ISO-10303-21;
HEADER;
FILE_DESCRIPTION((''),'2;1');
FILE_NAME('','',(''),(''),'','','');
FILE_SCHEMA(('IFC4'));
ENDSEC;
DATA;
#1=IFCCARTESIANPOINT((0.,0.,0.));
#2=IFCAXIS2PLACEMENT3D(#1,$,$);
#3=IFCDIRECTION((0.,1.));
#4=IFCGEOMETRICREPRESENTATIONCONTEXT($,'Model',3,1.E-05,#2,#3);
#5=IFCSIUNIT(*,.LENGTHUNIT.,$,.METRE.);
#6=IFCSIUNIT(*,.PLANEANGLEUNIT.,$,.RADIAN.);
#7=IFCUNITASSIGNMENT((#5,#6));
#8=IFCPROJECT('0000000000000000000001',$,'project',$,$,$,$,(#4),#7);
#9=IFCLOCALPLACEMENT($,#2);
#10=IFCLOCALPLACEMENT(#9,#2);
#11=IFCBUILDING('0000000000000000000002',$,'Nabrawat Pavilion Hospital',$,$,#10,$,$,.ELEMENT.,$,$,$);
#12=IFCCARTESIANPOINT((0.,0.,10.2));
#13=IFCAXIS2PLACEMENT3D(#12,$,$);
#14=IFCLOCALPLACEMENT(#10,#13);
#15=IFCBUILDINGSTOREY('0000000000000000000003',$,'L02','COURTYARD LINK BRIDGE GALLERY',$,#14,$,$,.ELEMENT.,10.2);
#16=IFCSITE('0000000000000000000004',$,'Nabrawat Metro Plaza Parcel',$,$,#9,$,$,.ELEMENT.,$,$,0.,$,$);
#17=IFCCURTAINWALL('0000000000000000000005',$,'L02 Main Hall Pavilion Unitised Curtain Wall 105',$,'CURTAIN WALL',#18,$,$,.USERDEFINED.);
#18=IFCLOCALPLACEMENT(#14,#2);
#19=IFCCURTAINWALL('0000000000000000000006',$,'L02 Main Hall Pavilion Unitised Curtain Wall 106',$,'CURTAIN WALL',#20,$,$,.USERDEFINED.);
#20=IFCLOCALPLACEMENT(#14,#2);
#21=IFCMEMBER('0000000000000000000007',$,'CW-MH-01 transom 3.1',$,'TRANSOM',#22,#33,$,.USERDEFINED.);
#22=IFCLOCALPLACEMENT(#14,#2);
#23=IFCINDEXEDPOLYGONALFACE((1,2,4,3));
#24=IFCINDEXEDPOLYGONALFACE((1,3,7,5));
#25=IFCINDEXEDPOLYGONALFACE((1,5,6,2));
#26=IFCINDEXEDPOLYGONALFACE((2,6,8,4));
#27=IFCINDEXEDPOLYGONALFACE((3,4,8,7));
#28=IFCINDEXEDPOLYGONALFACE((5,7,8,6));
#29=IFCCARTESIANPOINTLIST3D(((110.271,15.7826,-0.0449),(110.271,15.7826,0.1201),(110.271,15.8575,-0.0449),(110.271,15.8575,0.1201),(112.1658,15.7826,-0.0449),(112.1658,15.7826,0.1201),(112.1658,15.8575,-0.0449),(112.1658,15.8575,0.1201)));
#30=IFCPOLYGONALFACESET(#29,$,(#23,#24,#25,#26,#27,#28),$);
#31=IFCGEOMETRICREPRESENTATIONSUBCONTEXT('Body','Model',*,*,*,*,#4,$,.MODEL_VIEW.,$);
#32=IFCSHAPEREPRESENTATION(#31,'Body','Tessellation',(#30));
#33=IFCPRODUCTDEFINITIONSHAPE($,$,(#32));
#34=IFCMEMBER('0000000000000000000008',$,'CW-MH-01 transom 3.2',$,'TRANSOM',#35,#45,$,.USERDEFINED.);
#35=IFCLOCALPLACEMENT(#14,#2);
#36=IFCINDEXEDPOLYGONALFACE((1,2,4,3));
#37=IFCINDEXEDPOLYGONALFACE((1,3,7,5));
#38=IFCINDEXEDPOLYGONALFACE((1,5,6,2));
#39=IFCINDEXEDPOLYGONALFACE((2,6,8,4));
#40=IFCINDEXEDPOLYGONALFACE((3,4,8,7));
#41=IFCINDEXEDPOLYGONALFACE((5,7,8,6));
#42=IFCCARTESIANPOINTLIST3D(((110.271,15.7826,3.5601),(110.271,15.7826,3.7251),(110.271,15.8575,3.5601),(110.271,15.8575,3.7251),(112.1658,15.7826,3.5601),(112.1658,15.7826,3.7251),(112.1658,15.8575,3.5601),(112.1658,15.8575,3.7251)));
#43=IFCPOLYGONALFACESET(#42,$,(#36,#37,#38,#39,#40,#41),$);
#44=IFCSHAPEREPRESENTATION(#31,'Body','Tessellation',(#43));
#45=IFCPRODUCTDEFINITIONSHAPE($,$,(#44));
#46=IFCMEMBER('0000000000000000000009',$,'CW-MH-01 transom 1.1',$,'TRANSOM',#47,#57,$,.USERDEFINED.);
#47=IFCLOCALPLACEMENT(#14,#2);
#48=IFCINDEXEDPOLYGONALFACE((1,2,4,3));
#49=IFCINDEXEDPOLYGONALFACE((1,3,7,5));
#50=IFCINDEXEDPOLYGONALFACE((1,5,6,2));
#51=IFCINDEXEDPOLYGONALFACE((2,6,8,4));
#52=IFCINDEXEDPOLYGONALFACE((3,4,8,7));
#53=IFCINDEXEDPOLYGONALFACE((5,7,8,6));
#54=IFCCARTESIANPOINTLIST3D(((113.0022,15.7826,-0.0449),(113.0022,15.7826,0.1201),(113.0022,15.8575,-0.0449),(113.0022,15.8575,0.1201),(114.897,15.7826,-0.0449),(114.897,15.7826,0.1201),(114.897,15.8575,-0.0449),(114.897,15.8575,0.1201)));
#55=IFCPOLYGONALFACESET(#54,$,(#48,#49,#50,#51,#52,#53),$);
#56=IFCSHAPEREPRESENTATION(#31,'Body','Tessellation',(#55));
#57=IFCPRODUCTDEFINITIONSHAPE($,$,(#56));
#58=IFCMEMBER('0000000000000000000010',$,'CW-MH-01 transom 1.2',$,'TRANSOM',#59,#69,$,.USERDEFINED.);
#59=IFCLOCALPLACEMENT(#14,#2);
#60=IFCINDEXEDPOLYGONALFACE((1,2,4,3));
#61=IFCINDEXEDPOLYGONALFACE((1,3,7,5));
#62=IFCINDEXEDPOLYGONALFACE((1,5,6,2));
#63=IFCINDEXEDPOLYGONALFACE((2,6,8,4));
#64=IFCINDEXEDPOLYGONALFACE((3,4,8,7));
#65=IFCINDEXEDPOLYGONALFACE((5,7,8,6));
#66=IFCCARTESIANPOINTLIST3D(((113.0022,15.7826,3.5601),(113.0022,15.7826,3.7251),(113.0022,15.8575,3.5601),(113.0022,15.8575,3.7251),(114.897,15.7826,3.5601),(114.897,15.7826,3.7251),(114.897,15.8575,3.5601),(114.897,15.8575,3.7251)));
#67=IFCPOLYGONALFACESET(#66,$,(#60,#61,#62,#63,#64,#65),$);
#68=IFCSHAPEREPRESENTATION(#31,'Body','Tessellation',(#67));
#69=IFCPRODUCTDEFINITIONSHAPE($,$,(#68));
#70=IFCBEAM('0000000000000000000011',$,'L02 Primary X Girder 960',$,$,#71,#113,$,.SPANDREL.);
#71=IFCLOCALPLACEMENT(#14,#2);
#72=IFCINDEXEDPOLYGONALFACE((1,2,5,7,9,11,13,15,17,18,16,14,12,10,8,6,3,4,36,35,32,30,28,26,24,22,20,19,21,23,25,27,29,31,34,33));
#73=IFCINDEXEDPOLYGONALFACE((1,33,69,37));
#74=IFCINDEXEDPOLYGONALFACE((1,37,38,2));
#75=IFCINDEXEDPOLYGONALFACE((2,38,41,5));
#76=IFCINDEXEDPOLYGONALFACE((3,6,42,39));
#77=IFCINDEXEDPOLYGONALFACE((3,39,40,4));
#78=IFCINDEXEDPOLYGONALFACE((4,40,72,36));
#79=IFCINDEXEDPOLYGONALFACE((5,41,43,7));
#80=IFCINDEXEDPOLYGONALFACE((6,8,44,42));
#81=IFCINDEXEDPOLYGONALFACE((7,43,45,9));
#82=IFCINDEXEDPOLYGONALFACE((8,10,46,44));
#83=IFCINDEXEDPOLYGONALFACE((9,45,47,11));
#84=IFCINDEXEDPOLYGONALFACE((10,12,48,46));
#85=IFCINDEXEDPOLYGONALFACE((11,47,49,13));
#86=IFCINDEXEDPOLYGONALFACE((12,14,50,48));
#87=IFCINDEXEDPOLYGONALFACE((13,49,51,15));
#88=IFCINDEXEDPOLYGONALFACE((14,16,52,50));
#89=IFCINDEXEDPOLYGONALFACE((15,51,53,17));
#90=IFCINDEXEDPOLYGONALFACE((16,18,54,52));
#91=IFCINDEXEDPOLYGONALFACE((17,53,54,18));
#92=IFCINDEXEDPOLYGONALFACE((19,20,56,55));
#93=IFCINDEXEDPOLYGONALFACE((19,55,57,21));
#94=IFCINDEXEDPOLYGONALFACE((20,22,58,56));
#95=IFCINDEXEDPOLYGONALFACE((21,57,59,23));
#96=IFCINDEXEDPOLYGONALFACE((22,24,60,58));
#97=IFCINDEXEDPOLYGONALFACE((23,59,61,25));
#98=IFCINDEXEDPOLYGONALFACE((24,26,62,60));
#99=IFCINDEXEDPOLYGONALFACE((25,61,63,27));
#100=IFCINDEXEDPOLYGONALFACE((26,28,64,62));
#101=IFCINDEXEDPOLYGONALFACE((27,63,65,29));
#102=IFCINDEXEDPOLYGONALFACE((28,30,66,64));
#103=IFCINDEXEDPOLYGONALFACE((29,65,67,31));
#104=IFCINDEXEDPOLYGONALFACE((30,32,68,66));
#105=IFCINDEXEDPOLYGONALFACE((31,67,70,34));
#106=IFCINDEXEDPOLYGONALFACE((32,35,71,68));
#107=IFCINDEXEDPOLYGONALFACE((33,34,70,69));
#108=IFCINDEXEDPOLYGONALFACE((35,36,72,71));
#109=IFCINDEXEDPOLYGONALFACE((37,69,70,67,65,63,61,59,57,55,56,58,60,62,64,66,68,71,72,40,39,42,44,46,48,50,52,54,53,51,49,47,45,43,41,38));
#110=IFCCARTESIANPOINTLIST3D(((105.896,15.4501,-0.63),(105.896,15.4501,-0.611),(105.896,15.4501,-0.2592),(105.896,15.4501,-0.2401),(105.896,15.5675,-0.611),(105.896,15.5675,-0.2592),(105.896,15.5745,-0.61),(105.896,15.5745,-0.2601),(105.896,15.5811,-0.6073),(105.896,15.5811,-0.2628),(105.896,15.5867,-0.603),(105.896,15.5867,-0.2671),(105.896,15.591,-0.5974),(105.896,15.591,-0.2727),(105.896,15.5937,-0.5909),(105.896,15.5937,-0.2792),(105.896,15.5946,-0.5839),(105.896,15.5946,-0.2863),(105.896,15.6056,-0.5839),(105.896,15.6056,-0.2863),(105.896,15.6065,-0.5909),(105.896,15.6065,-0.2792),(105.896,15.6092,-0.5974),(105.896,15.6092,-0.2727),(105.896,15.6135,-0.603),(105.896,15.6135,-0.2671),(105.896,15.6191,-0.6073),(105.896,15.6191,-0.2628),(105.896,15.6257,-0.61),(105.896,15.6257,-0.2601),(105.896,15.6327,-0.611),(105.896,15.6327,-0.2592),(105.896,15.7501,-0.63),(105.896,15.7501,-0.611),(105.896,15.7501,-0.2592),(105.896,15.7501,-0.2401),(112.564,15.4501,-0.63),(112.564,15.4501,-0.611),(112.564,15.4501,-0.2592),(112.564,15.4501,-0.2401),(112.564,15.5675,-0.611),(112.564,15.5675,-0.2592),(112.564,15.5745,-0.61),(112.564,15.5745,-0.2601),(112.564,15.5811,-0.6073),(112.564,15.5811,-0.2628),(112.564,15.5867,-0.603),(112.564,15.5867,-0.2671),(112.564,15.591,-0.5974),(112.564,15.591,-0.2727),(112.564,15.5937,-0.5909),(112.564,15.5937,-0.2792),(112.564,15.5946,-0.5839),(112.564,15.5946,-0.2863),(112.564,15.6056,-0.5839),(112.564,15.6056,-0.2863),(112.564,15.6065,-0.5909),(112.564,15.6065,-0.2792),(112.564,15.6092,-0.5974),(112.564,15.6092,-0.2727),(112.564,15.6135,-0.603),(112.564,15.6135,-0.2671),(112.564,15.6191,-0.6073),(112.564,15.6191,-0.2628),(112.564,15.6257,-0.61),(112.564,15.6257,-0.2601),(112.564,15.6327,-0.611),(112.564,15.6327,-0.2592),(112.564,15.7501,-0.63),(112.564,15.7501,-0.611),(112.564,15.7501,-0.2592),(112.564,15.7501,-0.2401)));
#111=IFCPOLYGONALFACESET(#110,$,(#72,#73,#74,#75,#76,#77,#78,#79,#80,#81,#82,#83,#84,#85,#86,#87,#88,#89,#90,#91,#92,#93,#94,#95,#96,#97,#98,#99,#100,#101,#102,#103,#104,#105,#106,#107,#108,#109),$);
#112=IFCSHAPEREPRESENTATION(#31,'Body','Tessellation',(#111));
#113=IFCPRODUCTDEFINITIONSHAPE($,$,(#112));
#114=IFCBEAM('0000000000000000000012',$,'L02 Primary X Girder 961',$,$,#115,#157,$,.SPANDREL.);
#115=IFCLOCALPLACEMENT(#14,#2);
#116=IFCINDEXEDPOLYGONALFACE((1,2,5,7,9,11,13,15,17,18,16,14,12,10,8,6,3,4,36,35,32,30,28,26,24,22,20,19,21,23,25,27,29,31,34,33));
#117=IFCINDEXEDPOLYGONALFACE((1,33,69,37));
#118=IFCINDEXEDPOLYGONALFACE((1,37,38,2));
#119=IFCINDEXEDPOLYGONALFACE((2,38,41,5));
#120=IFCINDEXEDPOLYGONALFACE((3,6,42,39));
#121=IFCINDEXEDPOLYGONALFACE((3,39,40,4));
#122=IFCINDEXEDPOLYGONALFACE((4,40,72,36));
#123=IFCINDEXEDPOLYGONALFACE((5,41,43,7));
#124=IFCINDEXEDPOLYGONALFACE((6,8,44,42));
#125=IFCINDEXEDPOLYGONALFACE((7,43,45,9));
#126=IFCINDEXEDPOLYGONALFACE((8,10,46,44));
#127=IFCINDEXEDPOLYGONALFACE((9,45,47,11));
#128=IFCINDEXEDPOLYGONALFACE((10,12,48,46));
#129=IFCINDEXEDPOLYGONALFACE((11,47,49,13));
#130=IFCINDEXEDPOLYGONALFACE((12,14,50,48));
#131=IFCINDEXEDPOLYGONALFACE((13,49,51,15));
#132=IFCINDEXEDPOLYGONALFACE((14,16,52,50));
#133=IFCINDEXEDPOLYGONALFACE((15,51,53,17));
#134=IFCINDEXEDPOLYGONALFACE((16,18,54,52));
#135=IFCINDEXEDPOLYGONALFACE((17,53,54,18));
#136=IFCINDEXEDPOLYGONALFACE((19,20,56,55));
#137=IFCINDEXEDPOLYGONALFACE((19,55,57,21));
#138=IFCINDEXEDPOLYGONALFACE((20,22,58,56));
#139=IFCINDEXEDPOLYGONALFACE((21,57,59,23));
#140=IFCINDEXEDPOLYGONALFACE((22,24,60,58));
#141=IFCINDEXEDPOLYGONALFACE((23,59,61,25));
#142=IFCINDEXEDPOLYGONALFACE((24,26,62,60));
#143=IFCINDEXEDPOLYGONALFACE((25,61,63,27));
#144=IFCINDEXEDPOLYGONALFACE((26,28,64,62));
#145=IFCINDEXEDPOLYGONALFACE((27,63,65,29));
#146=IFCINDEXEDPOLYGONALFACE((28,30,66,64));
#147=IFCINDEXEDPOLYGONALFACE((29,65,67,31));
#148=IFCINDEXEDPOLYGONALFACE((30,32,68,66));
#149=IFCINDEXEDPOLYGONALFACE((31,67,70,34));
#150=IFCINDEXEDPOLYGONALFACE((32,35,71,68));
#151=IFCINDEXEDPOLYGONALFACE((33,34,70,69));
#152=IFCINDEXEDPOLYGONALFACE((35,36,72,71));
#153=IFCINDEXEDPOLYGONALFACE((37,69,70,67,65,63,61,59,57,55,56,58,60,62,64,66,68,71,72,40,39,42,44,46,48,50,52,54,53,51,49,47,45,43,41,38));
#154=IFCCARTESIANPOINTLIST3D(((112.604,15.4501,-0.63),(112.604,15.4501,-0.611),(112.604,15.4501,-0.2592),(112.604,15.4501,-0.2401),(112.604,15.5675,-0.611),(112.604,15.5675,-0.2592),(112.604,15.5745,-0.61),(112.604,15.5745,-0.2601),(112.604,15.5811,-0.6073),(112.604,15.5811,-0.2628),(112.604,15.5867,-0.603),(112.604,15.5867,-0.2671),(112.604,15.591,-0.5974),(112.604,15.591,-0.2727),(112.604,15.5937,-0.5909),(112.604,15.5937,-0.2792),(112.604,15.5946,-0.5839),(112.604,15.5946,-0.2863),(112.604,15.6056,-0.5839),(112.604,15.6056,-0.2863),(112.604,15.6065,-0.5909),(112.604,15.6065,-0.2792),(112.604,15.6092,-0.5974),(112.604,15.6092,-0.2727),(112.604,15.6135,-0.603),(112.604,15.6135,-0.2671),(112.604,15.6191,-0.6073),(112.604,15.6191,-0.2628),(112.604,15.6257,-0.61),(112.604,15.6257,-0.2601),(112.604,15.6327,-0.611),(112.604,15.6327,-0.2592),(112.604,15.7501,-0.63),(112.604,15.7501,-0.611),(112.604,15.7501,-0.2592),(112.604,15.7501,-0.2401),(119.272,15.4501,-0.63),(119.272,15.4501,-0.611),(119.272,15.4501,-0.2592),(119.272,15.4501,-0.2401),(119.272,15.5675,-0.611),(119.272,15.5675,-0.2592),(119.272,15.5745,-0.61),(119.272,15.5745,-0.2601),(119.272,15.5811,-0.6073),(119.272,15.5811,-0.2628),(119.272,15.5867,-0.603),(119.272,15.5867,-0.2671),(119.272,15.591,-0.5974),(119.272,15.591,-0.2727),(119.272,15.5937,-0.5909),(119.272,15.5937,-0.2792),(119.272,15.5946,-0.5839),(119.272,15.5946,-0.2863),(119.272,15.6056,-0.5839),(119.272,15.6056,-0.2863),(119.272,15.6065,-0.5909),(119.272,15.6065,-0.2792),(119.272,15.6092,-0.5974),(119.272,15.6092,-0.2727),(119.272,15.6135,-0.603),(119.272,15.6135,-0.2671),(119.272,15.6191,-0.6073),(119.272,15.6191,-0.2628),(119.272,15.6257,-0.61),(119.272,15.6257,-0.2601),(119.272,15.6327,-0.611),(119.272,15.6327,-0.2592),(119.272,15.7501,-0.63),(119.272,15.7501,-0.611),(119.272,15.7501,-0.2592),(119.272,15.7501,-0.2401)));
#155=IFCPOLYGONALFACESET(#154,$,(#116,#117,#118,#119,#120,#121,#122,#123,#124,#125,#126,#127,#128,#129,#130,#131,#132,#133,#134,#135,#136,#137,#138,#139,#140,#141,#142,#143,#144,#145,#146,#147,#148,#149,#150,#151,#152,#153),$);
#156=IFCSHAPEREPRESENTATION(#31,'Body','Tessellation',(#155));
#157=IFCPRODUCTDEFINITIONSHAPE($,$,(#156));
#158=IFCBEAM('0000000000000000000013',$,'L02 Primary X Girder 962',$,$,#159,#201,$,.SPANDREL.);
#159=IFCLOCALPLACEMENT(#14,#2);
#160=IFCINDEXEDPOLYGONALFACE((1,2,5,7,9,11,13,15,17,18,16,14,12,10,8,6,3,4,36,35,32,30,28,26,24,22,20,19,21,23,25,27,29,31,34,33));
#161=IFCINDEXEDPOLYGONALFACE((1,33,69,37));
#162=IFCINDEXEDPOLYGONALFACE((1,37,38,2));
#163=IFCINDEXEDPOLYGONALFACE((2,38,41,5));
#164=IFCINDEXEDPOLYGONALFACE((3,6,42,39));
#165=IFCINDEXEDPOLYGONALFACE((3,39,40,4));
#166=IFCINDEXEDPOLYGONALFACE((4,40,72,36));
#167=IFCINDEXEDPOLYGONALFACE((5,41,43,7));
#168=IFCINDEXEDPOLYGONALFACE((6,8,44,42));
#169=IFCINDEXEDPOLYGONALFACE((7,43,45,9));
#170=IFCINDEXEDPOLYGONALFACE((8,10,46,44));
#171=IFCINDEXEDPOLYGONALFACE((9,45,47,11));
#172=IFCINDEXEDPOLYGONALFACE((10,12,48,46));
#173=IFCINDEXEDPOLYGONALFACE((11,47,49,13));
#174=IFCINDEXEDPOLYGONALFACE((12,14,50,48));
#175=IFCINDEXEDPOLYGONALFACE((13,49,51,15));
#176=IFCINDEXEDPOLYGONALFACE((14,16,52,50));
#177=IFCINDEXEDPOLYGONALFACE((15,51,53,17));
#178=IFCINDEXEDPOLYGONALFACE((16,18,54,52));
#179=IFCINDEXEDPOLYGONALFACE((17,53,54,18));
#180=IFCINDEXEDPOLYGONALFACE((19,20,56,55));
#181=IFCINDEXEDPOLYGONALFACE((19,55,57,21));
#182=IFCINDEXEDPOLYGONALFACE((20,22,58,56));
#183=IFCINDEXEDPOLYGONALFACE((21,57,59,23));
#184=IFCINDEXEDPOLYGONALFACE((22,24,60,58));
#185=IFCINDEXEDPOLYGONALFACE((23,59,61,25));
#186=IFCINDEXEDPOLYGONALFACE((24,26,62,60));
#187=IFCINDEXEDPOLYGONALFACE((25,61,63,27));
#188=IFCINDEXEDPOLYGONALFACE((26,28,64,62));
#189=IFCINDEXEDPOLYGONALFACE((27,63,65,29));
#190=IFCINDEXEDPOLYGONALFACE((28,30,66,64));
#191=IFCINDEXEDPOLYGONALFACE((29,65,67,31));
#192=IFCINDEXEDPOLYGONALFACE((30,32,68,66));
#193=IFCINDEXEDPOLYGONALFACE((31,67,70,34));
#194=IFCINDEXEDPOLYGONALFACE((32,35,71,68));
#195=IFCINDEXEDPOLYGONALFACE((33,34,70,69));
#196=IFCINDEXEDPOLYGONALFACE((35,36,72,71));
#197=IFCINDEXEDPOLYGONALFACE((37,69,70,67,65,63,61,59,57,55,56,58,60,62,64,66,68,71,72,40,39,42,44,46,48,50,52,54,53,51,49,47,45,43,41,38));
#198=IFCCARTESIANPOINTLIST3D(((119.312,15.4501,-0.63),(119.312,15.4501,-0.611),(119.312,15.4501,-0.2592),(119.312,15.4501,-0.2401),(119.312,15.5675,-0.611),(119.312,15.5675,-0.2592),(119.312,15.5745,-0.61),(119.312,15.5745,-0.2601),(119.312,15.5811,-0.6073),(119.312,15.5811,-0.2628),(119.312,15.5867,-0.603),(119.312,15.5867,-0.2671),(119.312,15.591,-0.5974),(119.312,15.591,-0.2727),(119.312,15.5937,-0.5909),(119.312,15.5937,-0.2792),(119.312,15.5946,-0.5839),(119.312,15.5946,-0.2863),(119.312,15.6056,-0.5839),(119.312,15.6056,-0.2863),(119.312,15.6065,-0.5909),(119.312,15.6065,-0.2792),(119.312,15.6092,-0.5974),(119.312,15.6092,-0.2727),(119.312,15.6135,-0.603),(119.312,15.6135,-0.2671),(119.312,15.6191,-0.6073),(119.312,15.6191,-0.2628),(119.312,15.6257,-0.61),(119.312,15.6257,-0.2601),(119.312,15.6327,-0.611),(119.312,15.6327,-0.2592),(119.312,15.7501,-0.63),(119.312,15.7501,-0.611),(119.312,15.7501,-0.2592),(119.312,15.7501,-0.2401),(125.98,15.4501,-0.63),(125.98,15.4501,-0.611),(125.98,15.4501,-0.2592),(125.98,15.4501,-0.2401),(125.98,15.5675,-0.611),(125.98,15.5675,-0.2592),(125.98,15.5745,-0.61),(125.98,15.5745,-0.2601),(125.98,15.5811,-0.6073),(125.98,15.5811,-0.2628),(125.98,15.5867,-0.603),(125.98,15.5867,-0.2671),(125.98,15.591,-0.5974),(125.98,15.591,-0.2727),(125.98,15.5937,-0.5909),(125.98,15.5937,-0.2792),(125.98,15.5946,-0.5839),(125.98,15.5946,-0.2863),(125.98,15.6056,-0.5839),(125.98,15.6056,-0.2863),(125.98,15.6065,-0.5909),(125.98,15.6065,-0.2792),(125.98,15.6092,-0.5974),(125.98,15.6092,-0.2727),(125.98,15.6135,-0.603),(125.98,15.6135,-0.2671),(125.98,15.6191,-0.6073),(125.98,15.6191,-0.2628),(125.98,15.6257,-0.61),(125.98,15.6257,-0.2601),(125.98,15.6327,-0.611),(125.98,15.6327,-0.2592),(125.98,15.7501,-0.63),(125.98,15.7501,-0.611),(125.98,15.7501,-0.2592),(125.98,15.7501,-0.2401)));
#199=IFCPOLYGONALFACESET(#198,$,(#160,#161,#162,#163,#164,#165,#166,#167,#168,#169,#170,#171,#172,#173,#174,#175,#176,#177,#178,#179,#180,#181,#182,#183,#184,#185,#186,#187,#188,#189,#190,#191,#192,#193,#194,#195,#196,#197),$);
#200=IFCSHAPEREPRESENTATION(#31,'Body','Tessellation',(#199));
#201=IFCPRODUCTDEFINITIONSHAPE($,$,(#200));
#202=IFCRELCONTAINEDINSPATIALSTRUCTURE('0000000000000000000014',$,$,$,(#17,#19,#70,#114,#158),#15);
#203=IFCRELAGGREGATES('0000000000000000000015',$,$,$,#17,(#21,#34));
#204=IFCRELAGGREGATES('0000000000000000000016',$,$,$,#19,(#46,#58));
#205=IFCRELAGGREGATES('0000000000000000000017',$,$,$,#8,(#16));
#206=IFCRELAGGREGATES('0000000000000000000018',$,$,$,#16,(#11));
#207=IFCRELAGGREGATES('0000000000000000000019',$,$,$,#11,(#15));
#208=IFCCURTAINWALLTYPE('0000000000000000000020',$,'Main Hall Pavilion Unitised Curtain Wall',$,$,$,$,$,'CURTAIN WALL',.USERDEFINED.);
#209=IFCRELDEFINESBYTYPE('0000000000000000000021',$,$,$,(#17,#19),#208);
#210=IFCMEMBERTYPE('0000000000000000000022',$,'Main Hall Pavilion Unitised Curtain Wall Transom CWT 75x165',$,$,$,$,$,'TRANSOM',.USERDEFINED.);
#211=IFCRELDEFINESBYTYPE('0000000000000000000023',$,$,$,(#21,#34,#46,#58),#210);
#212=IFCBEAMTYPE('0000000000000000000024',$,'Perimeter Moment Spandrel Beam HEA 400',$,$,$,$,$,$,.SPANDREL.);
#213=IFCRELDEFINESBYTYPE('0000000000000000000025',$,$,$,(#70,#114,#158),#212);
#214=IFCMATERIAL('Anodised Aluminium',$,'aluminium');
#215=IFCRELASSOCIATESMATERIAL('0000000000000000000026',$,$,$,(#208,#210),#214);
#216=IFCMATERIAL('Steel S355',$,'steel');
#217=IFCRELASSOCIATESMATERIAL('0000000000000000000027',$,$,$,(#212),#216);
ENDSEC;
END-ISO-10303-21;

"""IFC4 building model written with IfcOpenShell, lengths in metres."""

from ifc_helpers import new_model, si_unit, direction, frame, origin, origin_2d, place, context, subcontext, project, spatial, rectangle, i_section, extrude, material, material_profile, profile_set, type_object, element, aggregate, save


model = new_model("IFC4")

# Units and contexts
model_context = context("Model", 3, precision=1e-05, world=origin(), true_north=direction((0.0, 1.0)))
body_context = subcontext(model_context, "Body", "Model", "MODEL_VIEW")
ifc_project = project(units=[si_unit("LENGTHUNIT", "METRE"), si_unit("PLANEANGLEUNIT", "RADIAN")], contexts=[model_context])

# Site, building, storey
site_placement = place(None, origin())
site = spatial("IfcSite", under=ifc_project, at=site_placement, Name="Nabrawat Metro Plaza Parcel", CompositionType="ELEMENT", RefElevation=0.0)
building_placement = place(site_placement, origin())
building = spatial("IfcBuilding", under=site, at=building_placement, Name="Nabrawat Pavilion Hospital", CompositionType="ELEMENT")
storey_placement = place(building_placement, frame((0.0, 0.0, 10.2)))
storey = spatial("IfcBuildingStorey", under=building, at=storey_placement, Name="L02", Description="COURTYARD LINK BRIDGE GALLERY", CompositionType="ELEMENT", Elevation=10.2)

# Shared definitions
ifc_material_1 = material(Name="Steel S355", Category="steel")

# Curtain walls
ifc_material_2 = material(Name="Anodised Aluminium", Category="aluminium")
curtain_wall_type = type_object("IfcCurtainWallType", Name="Main Hall Pavilion Unitised Curtain Wall", ElementType="CURTAIN WALL", PredefinedType="USERDEFINED", material=ifc_material_2)
curtain_wall_1_placement = place(storey_placement, origin())
curtain_wall_1 = element("IfcCurtainWall", 1, at=curtain_wall_1_placement, inside=storey, type_object=curtain_wall_type, Name="L02 Main Hall Pavilion Unitised Curtain Wall 105", ObjectType="CURTAIN WALL", PredefinedType="USERDEFINED")
curtain_wall_2_placement = place(storey_placement, origin())
curtain_wall_2 = element("IfcCurtainWall", 2, at=curtain_wall_2_placement, inside=storey, type_object=curtain_wall_type, Name="L02 Main Hall Pavilion Unitised Curtain Wall 106", ObjectType="CURTAIN WALL", PredefinedType="USERDEFINED")

# Members
ifc_material_profile_1 = material_profile(ifc_material_2, rectangle(XDim=0.075, YDim=0.165, at=origin_2d()), Name="CWT 75x165")
ifc_profile_set_1 = profile_set([ifc_material_profile_1], Name="Anodised Aluminium")
member_type_1 = type_object("IfcMemberType", Name="Main Hall Pavilion Unitised Curtain Wall Transom CWT 75x165", ElementType="TRANSOM", PredefinedType="USERDEFINED", material=ifc_profile_set_1)
member_1_placement = place(storey_placement, frame((110.271, 15.8201, 0.0376), z_axis=(1.0, 0.0, 0.0), x_axis=(0.0, 1.0, 0.0)))
member_1 = element("IfcMember", 3, at=member_1_placement, type_object=member_type_1, Name="CW-MH-01 transom 3.1", ObjectType="TRANSOM", PredefinedType="USERDEFINED", context=body_context, shape_type="SweptSolid", body=[
    extrude(rectangle(XDim=0.075, YDim=0.165, at=origin_2d()), origin(), (0.0, 0.0, 1.0), 1.8948),
])
member_2_placement = place(storey_placement, frame((110.271, 15.8201, 3.6426), z_axis=(1.0, 0.0, 0.0), x_axis=(0.0, 1.0, 0.0)))
member_2 = element("IfcMember", 4, at=member_2_placement, type_object=member_type_1, Name="CW-MH-01 transom 3.2", ObjectType="TRANSOM", PredefinedType="USERDEFINED", context=body_context, shape_type="SweptSolid", body=[
    extrude(rectangle(XDim=0.075, YDim=0.165, at=origin_2d()), origin(), (0.0, 0.0, 1.0), 1.8948),
])
member_3_placement = place(storey_placement, frame((113.0022, 15.8201, 0.0376), z_axis=(1.0, 0.0, 0.0), x_axis=(0.0, 1.0, 0.0)))
member_3 = element("IfcMember", 5, at=member_3_placement, type_object=member_type_1, Name="CW-MH-01 transom 1.1", ObjectType="TRANSOM", PredefinedType="USERDEFINED", context=body_context, shape_type="SweptSolid", body=[
    extrude(rectangle(XDim=0.075, YDim=0.165, at=origin_2d()), origin(), (0.0, 0.0, 1.0), 1.8948),
])
member_4_placement = place(storey_placement, frame((113.0022, 15.8201, 3.6426), z_axis=(1.0, 0.0, 0.0), x_axis=(0.0, 1.0, 0.0)))
member_4 = element("IfcMember", 6, at=member_4_placement, type_object=member_type_1, Name="CW-MH-01 transom 1.2", ObjectType="TRANSOM", PredefinedType="USERDEFINED", context=body_context, shape_type="SweptSolid", body=[
    extrude(rectangle(XDim=0.075, YDim=0.165, at=origin_2d()), origin(), (0.0, 0.0, 1.0), 1.8948),
])

# Beams
ifc_material_profile_2 = material_profile(ifc_material_1, i_section(OverallWidth=0.3, OverallDepth=0.3899, WebThickness=0.011, FlangeThickness=0.019, FilletRadius=0.0271, at=origin_2d()), Name="HEA 400")
ifc_profile_set_2 = profile_set([ifc_material_profile_2], Name="Steel S355")
beam_type = type_object("IfcBeamType", Name="Perimeter Moment Spandrel Beam HEA 400", PredefinedType="SPANDREL", material=ifc_profile_set_2)
for number, where, z_axis, x_axis, name in (
    (7, (105.896, 15.6001, -0.4351), (1.0, 0.0, 0.0), (0.0, 1.0, 0.0), "L02 Primary X Girder 960"),
    (8, (112.604, 15.6001, -0.4351), (1.0, 0.0, 0.0), (0.0, 1.0, 0.0), "L02 Primary X Girder 961"),
    (9, (119.312, 15.6001, -0.4351), (1.0, 0.0, 0.0), (0.0, 1.0, 0.0), "L02 Primary X Girder 962"),
):
    element("IfcBeam", number, at=place(storey_placement, frame(where, z_axis=z_axis, x_axis=x_axis)), inside=storey, type_object=beam_type, Name=name, PredefinedType="SPANDREL", context=body_context, shape_type="SweptSolid", body=[
        extrude(i_section(OverallWidth=0.3, OverallDepth=0.3899, WebThickness=0.011, FlangeThickness=0.019, FilletRadius=0.0271, at=origin_2d()), origin(), (0.0, 0.0, 1.0), 6.668),
    ])

aggregate(curtain_wall_1, [member_1, member_2])
aggregate(curtain_wall_2, [member_3, member_4])

save(model, "model.ifc")
